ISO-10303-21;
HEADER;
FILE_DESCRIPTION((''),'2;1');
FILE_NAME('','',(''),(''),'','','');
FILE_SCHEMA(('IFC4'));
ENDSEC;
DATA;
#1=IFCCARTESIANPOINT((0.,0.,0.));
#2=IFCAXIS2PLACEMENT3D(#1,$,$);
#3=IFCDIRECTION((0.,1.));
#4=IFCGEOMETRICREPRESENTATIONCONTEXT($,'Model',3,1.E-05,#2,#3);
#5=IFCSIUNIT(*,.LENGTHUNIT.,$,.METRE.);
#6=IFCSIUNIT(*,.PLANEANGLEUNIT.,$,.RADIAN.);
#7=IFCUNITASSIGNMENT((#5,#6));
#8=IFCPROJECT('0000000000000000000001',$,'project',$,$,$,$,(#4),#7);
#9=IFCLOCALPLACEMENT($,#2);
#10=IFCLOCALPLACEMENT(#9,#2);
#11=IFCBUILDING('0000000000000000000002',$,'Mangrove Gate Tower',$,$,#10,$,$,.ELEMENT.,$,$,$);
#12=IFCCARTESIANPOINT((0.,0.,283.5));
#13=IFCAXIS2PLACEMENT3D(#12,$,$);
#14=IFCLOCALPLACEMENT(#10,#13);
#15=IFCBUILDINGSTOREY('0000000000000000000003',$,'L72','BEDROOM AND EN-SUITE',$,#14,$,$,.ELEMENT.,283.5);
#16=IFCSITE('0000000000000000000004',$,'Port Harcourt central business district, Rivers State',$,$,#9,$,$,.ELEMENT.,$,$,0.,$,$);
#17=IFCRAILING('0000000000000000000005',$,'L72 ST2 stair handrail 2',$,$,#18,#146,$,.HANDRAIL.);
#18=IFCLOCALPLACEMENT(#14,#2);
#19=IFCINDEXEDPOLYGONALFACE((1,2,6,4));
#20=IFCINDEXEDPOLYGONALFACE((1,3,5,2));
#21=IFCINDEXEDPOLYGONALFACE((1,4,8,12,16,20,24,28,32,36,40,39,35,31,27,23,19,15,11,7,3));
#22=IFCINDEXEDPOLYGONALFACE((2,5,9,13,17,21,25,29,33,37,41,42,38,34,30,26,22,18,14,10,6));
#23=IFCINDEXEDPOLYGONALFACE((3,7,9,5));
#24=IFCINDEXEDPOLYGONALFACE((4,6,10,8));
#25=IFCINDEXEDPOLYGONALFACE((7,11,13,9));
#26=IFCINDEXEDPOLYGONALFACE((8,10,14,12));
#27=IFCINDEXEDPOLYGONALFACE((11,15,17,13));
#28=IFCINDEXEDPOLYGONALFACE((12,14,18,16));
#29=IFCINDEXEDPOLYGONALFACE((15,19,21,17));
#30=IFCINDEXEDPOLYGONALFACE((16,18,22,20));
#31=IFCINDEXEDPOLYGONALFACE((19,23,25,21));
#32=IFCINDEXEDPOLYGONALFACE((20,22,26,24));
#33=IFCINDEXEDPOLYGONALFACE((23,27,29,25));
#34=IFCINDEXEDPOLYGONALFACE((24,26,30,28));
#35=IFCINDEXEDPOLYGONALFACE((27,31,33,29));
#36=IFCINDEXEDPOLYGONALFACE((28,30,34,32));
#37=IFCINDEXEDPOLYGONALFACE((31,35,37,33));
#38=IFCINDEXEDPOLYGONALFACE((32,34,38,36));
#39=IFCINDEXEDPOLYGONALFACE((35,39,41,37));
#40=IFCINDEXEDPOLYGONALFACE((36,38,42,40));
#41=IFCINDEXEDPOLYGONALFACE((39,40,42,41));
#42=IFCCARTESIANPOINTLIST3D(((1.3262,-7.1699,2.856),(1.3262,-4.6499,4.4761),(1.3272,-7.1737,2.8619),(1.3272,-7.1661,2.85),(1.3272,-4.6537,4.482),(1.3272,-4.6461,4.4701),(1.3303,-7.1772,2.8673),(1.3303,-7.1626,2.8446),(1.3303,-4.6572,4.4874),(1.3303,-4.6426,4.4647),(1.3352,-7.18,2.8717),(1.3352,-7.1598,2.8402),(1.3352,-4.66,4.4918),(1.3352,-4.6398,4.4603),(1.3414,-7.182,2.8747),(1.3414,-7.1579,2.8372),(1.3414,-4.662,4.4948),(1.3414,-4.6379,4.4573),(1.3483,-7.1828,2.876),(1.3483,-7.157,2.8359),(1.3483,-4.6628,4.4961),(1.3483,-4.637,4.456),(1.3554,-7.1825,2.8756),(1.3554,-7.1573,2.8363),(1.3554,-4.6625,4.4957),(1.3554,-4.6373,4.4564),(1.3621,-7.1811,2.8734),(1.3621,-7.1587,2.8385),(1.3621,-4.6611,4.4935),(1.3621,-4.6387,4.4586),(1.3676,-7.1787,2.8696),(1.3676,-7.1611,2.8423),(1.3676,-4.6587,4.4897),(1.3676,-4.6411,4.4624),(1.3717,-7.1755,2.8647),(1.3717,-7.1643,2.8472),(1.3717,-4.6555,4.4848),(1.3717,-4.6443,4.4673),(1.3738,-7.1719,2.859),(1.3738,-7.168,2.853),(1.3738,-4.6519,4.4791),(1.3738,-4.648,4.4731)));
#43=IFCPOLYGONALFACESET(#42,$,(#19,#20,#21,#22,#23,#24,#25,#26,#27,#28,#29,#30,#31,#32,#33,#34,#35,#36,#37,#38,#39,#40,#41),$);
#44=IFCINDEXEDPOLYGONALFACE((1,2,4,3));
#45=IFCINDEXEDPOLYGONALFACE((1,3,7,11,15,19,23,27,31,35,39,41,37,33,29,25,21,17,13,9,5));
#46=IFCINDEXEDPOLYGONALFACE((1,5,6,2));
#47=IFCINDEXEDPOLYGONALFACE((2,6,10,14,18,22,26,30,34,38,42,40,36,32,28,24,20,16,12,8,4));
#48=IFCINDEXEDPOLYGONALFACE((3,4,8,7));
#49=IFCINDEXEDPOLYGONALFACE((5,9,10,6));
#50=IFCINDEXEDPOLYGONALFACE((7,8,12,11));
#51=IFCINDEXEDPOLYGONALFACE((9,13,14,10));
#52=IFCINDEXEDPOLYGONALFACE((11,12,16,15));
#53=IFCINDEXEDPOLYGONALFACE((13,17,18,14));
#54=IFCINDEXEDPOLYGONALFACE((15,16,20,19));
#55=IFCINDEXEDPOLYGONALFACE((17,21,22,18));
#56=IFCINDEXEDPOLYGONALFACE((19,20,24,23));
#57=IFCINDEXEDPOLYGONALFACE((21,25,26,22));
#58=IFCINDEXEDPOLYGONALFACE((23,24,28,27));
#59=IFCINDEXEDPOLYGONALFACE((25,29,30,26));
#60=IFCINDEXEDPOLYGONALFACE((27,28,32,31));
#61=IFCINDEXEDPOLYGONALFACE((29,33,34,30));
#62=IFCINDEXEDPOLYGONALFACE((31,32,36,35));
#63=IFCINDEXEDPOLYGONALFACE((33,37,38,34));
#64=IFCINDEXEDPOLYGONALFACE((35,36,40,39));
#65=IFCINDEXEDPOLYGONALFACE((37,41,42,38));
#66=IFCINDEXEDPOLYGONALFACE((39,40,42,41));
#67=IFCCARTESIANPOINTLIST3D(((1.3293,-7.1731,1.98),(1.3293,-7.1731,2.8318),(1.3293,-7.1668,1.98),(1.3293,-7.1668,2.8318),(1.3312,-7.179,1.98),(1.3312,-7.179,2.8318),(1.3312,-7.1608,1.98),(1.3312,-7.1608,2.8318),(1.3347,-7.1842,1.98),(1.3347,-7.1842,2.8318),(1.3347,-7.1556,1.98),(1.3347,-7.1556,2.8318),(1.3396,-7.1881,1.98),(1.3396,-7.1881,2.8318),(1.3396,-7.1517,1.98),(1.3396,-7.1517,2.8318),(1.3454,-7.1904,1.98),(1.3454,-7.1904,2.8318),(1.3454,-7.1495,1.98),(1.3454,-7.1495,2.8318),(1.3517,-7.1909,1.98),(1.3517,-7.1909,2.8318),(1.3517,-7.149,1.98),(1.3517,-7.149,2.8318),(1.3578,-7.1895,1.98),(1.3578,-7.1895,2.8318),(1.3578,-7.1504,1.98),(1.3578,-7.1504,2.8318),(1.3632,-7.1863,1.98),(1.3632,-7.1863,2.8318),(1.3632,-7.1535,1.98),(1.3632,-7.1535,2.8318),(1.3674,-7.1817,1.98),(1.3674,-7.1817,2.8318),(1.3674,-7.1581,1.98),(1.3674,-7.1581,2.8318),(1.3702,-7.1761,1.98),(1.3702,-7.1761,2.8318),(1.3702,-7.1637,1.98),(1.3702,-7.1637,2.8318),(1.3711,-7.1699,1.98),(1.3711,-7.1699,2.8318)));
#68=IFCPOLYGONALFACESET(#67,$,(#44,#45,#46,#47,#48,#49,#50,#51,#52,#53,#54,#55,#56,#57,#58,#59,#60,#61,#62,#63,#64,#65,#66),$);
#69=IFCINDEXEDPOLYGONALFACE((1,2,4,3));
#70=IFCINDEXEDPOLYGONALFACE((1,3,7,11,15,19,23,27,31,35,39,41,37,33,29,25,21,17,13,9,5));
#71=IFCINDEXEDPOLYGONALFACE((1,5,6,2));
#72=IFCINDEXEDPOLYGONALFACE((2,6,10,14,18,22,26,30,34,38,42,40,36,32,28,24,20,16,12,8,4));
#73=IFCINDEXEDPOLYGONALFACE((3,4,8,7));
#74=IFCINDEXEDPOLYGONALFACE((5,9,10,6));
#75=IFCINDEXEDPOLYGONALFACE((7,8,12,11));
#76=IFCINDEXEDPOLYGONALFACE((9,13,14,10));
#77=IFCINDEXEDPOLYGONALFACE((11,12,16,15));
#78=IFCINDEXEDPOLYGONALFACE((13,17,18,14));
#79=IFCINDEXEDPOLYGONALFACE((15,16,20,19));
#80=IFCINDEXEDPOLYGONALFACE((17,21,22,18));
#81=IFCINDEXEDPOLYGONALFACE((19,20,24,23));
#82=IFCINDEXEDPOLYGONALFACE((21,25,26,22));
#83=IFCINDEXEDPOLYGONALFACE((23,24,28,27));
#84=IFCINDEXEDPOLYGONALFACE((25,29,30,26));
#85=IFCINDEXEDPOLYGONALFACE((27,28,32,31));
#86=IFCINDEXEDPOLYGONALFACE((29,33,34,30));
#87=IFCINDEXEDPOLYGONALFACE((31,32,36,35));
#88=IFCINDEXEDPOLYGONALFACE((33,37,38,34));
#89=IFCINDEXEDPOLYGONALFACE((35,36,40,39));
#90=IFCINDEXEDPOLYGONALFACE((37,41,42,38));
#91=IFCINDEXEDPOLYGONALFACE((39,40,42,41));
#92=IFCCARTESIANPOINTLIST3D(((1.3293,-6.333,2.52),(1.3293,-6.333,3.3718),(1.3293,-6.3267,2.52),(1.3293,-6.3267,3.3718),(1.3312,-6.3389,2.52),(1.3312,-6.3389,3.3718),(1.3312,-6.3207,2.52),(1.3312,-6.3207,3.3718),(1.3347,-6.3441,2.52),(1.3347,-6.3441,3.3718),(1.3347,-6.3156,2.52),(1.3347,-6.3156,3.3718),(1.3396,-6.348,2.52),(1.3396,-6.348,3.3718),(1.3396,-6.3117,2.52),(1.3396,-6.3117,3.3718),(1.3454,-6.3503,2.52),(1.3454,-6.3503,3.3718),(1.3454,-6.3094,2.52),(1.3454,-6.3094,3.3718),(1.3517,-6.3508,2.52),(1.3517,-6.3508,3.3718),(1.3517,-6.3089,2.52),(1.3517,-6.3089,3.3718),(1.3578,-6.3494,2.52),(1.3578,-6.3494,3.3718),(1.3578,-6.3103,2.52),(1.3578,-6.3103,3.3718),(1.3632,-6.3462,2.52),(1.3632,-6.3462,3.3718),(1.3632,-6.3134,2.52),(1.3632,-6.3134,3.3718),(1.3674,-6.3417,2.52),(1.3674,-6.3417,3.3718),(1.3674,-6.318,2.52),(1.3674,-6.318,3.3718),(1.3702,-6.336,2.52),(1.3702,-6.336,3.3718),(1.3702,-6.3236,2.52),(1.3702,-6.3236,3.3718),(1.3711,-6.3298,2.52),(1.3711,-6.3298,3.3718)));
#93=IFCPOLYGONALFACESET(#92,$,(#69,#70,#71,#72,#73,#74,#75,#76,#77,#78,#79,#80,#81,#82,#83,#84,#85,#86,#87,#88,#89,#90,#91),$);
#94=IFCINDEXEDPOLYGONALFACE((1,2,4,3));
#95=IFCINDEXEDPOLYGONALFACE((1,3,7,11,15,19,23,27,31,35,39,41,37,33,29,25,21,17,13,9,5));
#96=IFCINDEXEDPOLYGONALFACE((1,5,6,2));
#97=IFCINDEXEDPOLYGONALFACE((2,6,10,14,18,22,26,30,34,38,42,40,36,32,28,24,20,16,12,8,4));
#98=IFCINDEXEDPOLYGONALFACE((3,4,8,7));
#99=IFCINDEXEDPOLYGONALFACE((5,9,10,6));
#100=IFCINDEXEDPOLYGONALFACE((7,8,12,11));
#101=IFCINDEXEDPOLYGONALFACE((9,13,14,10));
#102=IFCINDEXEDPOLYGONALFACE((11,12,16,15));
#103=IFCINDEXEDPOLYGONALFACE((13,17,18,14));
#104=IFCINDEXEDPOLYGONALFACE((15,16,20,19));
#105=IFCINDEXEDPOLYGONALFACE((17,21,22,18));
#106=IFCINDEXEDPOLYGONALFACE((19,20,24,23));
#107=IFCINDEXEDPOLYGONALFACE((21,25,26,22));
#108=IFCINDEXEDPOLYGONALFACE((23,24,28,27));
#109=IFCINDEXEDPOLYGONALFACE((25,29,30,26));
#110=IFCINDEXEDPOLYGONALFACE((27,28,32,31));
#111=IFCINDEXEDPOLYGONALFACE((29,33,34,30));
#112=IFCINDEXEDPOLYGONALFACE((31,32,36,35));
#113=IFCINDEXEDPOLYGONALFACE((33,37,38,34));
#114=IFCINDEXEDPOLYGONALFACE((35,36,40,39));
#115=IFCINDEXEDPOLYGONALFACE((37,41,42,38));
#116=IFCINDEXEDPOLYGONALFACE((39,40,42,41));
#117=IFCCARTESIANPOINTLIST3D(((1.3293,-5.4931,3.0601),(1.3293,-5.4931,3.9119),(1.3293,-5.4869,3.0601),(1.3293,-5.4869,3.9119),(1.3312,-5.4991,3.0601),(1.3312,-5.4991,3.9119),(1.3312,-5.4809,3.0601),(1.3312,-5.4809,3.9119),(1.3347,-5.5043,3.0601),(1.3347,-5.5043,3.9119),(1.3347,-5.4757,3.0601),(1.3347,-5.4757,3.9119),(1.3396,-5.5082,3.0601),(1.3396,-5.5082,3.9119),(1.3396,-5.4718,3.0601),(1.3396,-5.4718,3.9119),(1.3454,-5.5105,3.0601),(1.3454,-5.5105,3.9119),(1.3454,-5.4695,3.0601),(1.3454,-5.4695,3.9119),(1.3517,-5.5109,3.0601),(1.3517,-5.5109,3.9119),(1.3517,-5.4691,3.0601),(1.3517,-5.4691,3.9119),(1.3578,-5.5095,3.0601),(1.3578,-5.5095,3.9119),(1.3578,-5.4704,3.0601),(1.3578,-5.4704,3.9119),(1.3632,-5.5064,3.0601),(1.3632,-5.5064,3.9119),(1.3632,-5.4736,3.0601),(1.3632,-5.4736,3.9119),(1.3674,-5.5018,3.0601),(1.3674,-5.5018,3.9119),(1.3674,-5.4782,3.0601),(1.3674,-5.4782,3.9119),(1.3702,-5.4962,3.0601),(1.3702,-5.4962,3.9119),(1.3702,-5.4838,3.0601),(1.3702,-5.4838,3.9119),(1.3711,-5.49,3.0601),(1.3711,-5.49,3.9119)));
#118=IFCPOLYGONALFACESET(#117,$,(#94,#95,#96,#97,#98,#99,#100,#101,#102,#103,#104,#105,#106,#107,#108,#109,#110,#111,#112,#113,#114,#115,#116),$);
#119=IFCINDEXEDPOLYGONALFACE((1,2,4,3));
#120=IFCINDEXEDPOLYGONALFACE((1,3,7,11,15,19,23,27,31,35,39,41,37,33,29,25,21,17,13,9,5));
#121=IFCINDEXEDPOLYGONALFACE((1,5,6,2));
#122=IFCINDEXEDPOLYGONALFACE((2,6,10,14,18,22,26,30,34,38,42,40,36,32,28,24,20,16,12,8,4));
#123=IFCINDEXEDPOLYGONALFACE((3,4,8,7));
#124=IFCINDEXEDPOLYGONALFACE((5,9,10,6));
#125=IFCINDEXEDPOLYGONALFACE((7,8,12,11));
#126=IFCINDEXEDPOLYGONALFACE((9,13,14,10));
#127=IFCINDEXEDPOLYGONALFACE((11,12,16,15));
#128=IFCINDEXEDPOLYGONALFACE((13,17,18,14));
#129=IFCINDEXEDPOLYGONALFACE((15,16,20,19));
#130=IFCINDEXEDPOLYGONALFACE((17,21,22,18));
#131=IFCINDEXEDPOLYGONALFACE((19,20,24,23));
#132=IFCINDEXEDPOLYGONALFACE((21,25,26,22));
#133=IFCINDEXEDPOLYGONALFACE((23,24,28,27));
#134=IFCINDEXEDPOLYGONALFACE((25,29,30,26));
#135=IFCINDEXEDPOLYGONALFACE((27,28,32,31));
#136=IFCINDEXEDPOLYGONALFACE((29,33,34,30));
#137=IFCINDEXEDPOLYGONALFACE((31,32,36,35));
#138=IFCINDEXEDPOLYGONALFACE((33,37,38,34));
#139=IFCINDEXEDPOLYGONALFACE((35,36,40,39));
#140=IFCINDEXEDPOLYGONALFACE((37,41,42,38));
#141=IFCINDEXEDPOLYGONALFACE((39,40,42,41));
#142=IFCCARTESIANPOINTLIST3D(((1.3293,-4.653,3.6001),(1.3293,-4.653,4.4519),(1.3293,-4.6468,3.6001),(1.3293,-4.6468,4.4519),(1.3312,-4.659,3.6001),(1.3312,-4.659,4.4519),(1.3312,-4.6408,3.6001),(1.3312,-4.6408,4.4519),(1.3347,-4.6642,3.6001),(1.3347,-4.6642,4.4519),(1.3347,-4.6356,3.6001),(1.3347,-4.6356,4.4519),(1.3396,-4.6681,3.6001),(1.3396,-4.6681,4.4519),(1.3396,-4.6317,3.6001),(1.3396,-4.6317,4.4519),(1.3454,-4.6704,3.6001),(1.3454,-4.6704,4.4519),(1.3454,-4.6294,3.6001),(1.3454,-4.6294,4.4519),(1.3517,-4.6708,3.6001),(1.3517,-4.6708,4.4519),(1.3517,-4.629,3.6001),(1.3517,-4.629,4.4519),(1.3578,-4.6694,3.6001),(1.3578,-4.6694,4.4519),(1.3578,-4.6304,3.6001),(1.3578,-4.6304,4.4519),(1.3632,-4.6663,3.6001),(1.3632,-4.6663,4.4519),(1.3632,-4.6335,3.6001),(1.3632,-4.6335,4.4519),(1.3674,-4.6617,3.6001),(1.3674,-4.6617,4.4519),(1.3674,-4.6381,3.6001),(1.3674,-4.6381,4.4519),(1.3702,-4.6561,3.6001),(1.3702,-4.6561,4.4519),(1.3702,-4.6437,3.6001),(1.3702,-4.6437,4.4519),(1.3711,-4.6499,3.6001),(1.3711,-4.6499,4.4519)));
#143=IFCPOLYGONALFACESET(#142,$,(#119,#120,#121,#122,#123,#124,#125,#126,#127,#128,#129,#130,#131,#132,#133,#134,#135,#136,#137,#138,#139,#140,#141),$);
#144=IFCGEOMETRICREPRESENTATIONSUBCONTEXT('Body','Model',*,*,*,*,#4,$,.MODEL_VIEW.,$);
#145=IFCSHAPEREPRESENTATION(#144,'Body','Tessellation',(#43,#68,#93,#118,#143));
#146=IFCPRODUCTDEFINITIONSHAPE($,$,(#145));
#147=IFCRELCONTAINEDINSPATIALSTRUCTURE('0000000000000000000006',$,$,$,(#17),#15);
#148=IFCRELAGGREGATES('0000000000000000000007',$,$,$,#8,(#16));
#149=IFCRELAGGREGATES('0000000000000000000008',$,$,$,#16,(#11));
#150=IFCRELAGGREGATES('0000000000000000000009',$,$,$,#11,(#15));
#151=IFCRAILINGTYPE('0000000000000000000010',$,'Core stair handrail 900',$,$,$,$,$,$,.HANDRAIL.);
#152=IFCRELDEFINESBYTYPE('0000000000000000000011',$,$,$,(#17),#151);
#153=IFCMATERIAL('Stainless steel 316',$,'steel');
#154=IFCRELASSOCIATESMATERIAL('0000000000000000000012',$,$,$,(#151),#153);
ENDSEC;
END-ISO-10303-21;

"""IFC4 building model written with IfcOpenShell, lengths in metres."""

from ifc_helpers import new_model, si_unit, direction, frame, origin, origin_2d, place, context, subcontext, project, spatial, circle, extrude, material, type_object, element, save


model = new_model("IFC4")

# Units and contexts
model_context = context("Model", 3, precision=1e-05, world=origin(), true_north=direction((0.0, 1.0)))
body_context = subcontext(model_context, "Body", "Model", "MODEL_VIEW")
ifc_project = project(units=[si_unit("LENGTHUNIT", "METRE"), si_unit("PLANEANGLEUNIT", "RADIAN")], contexts=[model_context])

# Site, building, storey
site_placement = place(None, origin())
site = spatial("IfcSite", under=ifc_project, at=site_placement, Name="Port Harcourt central business district, Rivers State", CompositionType="ELEMENT", RefElevation=0.0)
building_placement = place(site_placement, origin())
building = spatial("IfcBuilding", under=site, at=building_placement, Name="Mangrove Gate Tower", CompositionType="ELEMENT")
storey_placement = place(building_placement, frame((0.0, 0.0, 283.5)))
storey = spatial("IfcBuildingStorey", under=building, at=storey_placement, Name="L72", Description="BEDROOM AND EN-SUITE", CompositionType="ELEMENT", Elevation=283.5)

# Railing
ifc_material_1 = material(Name="Stainless steel 316", Category="steel")
railing_type_1 = type_object("IfcRailingType", Name="Core stair handrail 900", PredefinedType="HANDRAIL", material=ifc_material_1)
railing_1_placement = place(storey_placement, frame((1.3501, -7.1699, 1.98)))
element("IfcRailing", 1, at=railing_1_placement, inside=storey, type_object=railing_type_1, Name="L72 ST2 stair handrail 2", PredefinedType="HANDRAIL", context=body_context, shape_type="SweptSolid", body=[
    extrude(circle(Radius=0.0239, at=origin_2d()), frame((0.0, 0.0, 0.876), z_axis=(0.0, 0.841163, 0.540782), x_axis=(-1.0, 0.0, 0.0)), (0.0, 0.0, 1.0), 2.9958),
    extrude(circle(Radius=0.021, at=origin_2d()), origin(), (0.0, 0.0, 1.0), 0.8518),
    extrude(circle(Radius=0.021, at=origin_2d()), frame((0.0, 0.8401, 0.54)), (0.0, 0.0, 1.0), 0.8518),
    extrude(circle(Radius=0.021, at=origin_2d()), frame((0.0, 1.6799, 1.0801)), (0.0, 0.0, 1.0), 0.8518),
    extrude(circle(Radius=0.021, at=origin_2d()), frame((0.0, 2.52, 1.6201)), (0.0, 0.0, 1.0), 0.8518),
])

save(model, "model.ifc")
